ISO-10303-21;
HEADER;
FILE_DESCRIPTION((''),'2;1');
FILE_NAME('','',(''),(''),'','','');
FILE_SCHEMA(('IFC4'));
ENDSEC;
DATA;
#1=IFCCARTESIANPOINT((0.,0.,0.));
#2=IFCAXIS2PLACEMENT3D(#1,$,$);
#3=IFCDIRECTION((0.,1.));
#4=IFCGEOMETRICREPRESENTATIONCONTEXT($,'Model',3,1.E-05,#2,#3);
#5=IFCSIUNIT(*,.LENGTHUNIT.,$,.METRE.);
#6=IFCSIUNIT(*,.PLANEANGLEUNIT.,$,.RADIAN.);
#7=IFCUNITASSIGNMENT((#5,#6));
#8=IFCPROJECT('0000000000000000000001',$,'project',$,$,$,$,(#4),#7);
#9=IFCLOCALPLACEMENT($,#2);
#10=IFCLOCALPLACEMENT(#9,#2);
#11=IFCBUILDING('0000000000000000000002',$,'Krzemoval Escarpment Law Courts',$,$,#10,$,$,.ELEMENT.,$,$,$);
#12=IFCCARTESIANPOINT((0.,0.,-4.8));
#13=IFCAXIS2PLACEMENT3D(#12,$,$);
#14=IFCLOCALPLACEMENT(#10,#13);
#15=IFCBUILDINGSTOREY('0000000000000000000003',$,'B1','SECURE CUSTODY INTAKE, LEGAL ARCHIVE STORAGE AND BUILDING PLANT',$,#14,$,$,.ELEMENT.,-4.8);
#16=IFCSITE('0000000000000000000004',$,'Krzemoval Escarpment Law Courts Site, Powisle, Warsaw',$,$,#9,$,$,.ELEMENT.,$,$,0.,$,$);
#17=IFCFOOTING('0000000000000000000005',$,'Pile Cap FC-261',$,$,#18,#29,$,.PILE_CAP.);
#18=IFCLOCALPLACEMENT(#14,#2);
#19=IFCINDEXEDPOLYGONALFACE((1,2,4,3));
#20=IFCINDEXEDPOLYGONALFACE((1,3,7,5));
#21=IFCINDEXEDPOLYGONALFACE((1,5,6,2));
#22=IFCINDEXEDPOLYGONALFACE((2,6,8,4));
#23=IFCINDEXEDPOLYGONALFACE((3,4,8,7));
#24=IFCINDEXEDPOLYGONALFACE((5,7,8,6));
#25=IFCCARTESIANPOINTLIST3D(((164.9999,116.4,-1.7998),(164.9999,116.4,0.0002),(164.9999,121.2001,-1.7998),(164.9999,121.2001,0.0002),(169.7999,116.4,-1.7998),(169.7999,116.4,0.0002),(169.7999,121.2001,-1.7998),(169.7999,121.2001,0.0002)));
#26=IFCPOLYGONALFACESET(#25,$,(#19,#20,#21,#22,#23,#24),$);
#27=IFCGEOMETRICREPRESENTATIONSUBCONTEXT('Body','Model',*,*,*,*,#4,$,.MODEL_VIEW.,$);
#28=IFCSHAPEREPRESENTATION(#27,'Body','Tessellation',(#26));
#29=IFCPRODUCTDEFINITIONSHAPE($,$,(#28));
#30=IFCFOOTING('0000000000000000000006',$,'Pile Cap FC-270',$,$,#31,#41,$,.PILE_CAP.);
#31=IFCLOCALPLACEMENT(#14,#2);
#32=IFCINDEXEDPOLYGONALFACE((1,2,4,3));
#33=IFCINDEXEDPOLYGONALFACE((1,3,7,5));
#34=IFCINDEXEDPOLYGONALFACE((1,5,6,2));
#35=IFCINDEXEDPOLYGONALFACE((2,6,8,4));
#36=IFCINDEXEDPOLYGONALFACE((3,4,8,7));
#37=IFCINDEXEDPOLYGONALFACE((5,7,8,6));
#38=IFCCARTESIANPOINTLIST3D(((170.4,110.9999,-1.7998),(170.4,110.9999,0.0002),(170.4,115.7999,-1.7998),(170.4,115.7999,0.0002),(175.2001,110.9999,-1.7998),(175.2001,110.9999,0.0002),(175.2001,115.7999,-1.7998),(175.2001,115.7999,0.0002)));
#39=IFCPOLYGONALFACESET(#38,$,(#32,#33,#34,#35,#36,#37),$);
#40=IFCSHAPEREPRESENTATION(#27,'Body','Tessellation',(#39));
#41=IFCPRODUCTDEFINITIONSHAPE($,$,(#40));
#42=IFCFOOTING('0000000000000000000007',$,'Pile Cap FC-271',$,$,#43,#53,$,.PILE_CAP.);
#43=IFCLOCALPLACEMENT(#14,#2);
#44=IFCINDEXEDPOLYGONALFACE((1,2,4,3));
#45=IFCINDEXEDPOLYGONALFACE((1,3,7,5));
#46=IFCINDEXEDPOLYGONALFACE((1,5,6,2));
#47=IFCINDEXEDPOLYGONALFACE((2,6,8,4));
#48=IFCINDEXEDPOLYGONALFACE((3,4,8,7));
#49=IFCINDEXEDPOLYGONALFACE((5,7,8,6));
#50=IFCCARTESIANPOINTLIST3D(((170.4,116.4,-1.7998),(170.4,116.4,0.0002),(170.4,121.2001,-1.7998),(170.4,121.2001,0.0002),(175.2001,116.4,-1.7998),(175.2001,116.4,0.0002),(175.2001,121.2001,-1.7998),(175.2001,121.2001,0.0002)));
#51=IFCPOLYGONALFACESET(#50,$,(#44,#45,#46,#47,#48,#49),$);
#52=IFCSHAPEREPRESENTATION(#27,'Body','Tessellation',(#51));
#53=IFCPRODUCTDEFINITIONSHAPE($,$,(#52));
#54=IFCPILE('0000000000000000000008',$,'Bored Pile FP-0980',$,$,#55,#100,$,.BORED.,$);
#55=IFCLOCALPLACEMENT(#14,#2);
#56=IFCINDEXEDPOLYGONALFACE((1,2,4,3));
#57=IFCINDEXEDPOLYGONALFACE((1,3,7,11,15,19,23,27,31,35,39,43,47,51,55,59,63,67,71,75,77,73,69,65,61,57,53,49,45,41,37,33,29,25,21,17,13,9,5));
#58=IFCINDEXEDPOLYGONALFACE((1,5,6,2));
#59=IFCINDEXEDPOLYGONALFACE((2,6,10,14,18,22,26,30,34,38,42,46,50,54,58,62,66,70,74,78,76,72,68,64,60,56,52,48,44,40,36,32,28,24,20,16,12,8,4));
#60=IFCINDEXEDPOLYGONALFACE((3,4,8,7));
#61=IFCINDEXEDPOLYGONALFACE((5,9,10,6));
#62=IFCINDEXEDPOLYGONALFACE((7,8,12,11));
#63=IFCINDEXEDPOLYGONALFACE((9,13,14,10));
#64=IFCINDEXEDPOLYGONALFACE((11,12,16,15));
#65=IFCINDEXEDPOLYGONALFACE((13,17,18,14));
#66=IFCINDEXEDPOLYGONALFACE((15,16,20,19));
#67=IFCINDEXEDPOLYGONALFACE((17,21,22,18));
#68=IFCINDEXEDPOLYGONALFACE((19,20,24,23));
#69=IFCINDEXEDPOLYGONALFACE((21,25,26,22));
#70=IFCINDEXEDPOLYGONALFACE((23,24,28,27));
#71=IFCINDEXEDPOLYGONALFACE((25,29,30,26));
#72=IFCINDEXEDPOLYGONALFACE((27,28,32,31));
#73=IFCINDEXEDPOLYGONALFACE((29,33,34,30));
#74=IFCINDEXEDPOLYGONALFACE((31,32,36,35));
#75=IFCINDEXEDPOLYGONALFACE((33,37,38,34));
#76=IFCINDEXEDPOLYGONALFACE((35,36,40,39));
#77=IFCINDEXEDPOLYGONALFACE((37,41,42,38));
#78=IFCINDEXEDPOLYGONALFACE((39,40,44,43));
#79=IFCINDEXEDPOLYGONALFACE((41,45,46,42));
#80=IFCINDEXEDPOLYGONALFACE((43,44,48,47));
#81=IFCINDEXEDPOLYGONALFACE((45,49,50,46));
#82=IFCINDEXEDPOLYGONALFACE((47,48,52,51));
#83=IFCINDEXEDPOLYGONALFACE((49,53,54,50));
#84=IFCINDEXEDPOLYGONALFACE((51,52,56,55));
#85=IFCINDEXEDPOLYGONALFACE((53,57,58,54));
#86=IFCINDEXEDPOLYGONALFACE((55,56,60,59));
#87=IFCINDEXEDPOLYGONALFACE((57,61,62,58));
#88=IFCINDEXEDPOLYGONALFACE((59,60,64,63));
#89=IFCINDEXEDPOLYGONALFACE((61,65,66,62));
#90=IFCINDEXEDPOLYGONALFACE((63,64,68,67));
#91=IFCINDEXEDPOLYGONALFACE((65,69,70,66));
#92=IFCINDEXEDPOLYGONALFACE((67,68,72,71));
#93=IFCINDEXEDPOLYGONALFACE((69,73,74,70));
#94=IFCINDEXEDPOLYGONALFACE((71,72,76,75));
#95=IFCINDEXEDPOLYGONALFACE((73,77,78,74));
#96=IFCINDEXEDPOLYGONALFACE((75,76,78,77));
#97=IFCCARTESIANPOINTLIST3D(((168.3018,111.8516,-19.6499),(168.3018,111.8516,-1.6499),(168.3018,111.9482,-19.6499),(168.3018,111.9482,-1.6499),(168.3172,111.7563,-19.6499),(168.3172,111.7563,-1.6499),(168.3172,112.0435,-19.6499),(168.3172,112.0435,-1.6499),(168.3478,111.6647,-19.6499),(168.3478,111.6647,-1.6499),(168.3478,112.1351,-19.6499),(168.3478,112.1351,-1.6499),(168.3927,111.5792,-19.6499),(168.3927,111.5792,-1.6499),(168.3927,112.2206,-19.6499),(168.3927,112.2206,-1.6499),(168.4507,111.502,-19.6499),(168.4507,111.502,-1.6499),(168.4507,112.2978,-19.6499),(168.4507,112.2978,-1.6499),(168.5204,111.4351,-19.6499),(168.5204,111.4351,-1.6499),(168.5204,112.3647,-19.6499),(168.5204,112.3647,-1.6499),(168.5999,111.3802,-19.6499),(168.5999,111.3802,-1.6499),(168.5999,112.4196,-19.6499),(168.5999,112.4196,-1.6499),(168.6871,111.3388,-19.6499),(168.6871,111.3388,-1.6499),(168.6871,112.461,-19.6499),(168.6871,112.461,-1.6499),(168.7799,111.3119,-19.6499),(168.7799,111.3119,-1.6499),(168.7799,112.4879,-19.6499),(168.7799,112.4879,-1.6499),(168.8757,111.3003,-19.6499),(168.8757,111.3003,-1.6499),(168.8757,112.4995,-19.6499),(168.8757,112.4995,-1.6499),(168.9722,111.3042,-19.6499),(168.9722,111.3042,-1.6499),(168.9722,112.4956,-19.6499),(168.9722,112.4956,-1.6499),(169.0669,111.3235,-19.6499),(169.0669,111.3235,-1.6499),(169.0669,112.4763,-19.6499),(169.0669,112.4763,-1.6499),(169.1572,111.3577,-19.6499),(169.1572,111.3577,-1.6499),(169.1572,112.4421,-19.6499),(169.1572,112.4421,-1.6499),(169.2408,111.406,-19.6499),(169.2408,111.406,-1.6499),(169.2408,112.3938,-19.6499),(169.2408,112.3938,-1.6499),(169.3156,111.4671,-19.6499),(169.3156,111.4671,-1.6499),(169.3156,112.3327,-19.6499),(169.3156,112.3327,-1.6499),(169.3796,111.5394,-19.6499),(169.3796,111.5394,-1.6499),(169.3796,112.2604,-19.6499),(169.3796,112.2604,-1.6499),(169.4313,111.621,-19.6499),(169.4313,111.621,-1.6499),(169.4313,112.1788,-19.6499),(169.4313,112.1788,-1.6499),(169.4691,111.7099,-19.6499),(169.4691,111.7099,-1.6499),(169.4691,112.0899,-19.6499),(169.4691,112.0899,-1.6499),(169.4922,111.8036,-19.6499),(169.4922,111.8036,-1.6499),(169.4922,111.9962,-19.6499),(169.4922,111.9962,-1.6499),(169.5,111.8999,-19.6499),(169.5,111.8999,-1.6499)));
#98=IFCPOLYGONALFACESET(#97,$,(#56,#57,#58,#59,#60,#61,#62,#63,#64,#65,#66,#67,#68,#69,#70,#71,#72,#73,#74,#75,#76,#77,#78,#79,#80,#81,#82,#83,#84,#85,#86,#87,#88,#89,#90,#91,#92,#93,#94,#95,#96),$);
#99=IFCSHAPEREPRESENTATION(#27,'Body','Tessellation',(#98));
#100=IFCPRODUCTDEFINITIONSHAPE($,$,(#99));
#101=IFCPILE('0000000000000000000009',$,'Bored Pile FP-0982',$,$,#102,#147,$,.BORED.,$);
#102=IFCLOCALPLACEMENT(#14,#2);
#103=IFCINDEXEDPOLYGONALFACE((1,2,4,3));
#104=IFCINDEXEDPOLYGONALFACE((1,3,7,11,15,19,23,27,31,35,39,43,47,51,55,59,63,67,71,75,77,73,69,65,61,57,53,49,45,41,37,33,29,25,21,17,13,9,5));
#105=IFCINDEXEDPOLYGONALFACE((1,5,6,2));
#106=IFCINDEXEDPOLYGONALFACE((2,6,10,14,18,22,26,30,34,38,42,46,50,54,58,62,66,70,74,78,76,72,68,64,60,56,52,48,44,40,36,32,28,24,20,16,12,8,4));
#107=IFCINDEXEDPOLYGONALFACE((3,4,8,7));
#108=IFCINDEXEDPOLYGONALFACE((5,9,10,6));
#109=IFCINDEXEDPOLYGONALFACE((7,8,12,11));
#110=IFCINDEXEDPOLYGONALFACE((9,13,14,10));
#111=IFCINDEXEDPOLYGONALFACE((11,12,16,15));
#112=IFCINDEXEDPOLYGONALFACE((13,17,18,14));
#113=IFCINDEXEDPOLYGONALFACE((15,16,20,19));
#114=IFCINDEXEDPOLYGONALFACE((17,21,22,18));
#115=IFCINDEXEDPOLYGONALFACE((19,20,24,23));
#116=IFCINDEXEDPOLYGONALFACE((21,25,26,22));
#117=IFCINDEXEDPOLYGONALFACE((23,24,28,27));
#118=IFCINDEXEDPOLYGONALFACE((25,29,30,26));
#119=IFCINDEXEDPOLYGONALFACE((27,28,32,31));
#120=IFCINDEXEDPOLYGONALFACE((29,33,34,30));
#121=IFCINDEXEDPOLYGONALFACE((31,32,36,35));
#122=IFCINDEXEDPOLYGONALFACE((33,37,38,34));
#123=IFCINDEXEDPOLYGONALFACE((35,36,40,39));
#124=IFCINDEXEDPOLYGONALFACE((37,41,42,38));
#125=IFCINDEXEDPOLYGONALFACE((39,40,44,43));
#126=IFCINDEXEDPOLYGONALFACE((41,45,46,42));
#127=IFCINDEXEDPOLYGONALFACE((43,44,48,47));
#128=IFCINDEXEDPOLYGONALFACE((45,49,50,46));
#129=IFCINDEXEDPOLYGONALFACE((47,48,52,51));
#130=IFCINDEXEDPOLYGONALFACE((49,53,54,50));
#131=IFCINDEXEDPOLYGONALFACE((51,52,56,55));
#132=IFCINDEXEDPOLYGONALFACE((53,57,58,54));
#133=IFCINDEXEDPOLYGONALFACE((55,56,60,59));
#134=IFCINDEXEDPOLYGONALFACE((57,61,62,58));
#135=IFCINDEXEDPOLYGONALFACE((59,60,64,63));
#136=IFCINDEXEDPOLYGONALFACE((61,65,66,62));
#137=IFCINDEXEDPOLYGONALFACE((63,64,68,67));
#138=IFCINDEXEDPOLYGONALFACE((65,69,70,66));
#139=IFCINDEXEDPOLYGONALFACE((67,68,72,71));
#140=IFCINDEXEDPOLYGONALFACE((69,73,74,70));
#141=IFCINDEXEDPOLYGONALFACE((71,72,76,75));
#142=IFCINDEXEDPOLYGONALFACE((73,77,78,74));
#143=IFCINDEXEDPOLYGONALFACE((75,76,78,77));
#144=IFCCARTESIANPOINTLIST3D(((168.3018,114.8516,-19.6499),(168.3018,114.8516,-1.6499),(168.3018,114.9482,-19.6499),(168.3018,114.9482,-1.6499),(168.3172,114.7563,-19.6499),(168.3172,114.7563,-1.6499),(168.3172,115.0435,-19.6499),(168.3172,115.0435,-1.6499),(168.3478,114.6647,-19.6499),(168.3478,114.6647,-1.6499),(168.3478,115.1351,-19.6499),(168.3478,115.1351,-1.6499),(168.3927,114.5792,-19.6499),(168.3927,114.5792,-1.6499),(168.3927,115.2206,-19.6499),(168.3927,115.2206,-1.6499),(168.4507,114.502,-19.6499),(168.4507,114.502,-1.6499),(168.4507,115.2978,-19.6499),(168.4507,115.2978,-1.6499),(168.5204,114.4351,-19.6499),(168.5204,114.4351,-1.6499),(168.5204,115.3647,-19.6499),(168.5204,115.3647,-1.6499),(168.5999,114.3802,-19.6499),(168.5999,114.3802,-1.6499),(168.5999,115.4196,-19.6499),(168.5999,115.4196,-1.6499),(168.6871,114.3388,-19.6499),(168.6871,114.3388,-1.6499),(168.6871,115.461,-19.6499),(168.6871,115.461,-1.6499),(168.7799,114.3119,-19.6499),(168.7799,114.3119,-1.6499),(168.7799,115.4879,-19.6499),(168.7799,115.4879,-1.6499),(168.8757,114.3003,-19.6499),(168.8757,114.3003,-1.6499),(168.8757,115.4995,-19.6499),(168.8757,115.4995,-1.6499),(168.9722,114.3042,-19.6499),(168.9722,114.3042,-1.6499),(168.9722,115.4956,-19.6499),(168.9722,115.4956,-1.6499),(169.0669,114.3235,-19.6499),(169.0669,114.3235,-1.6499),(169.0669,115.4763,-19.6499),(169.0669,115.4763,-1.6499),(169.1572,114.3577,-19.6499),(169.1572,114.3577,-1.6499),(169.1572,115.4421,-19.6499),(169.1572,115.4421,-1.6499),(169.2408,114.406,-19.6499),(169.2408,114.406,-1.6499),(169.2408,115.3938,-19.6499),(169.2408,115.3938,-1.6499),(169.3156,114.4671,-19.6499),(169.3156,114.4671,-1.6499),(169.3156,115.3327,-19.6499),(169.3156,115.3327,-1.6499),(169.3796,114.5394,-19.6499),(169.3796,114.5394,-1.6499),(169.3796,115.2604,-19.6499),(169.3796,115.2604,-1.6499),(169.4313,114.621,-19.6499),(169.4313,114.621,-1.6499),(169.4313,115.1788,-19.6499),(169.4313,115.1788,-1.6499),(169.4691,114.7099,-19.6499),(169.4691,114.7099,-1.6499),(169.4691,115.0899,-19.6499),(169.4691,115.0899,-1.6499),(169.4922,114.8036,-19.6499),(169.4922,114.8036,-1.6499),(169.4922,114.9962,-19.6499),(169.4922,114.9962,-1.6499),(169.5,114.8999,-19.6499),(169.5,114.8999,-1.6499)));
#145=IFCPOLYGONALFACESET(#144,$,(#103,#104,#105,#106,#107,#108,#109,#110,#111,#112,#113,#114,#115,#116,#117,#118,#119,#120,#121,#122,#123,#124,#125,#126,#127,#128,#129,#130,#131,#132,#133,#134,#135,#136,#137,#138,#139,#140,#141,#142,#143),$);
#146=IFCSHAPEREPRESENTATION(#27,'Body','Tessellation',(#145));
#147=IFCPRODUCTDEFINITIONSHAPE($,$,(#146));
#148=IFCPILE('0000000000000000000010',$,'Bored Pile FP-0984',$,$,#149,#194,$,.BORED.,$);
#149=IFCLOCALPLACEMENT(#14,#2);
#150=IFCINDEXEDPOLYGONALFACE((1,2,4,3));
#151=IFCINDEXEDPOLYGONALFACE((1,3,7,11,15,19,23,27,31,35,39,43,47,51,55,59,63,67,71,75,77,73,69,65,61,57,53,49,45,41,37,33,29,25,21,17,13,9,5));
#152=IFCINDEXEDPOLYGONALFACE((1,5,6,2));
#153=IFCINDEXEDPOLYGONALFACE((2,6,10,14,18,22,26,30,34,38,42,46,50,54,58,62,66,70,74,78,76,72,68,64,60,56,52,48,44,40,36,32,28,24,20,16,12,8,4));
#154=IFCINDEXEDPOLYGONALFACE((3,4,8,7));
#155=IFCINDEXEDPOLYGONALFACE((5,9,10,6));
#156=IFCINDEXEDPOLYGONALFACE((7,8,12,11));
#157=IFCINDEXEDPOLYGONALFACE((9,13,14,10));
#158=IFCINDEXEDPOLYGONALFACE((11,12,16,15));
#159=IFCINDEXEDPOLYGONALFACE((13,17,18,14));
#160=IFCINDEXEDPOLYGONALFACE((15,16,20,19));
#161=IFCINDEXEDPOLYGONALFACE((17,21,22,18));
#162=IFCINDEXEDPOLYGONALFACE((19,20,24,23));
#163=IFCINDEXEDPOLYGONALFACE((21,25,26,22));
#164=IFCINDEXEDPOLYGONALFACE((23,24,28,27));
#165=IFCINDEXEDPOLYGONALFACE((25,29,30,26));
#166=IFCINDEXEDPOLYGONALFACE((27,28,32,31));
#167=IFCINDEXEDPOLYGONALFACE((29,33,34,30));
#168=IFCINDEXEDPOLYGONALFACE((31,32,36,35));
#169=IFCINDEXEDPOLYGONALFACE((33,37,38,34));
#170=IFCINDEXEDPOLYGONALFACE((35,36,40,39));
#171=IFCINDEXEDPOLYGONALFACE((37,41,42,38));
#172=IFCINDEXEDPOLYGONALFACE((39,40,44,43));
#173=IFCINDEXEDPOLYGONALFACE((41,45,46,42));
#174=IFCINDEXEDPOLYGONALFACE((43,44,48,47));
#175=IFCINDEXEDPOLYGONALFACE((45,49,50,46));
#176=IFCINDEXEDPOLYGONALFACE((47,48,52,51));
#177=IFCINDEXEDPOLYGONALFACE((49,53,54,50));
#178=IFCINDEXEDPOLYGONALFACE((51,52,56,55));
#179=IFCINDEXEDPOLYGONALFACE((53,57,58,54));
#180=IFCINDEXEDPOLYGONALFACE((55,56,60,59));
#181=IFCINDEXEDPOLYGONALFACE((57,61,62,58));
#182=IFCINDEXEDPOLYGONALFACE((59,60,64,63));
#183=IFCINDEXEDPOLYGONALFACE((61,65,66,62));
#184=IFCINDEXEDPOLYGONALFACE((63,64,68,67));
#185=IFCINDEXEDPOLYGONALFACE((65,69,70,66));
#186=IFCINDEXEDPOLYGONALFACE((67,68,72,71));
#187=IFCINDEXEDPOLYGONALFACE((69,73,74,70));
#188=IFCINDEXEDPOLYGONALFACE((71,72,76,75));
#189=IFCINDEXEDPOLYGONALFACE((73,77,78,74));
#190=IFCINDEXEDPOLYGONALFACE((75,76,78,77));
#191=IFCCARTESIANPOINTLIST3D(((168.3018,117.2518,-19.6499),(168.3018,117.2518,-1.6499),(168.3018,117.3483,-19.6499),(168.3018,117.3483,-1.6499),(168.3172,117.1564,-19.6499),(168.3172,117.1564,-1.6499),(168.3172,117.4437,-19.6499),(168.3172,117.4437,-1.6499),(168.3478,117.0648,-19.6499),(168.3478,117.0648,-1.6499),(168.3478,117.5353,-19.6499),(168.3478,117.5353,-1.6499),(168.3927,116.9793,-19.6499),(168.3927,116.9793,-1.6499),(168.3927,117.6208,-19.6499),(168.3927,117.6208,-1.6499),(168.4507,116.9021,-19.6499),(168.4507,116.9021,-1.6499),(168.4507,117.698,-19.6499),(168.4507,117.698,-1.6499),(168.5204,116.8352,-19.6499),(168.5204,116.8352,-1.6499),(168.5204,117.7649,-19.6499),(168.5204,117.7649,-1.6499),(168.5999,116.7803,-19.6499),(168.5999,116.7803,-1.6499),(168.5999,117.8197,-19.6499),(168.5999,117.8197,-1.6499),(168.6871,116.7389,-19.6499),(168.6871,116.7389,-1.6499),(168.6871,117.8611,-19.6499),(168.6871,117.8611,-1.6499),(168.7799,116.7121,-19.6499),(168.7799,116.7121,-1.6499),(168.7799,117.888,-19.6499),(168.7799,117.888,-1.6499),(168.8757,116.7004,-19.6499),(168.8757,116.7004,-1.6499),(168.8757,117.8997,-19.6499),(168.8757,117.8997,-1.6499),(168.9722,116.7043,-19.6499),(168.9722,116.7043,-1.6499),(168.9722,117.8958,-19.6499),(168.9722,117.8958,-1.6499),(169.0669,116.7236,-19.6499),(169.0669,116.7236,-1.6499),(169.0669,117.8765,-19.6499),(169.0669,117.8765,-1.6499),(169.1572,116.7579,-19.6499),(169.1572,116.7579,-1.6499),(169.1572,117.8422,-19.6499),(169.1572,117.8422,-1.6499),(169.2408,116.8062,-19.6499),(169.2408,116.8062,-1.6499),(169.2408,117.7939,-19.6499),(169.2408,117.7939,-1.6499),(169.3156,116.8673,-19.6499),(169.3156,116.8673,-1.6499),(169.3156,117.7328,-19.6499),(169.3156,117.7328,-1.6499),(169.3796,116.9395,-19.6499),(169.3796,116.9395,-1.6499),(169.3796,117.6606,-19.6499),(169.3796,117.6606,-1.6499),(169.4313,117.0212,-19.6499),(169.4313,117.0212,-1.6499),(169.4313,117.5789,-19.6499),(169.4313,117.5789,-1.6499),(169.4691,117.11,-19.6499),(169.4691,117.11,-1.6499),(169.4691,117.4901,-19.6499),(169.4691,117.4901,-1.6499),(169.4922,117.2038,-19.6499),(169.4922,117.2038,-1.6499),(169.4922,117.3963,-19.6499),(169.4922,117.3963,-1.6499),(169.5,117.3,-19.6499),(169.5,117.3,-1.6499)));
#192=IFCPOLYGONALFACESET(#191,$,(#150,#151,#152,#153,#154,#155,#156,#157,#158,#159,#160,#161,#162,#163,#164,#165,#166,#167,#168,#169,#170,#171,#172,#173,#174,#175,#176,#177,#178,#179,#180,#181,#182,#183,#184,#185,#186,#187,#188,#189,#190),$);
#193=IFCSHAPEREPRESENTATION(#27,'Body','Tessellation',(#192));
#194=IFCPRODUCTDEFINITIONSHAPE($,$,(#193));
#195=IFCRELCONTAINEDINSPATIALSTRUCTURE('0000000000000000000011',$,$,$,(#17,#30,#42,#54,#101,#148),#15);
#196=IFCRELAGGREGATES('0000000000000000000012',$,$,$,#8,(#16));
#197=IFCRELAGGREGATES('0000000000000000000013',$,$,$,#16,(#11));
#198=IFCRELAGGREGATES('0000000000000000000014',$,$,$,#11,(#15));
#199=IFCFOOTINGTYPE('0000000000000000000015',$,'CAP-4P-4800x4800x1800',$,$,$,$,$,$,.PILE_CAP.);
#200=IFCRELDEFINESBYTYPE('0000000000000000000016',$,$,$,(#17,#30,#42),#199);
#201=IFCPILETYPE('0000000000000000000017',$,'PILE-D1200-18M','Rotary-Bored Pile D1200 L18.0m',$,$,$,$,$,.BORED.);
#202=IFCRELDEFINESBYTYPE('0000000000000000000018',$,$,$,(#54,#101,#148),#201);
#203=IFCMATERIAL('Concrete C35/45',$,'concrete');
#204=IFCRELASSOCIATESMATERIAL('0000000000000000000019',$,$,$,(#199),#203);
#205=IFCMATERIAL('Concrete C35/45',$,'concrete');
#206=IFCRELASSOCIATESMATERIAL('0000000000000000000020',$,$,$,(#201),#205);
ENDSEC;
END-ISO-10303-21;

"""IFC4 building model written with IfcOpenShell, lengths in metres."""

from ifc_helpers import new_model, si_unit, direction, frame, origin, origin_2d, place, context, subcontext, project, spatial, rectangle, circle, extrude, material, material_profile, profile_set, type_object, element, save


model = new_model("IFC4")

# Units and contexts
model_context = context("Model", 3, precision=1e-05, world=origin(), true_north=direction((0.0, 1.0)))
body_context = subcontext(model_context, "Body", "Model", "MODEL_VIEW")
ifc_project = project(units=[si_unit("LENGTHUNIT", "METRE"), si_unit("PLANEANGLEUNIT", "RADIAN")], contexts=[model_context])

# Site, building, storey
site_placement = place(None, origin())
site = spatial("IfcSite", under=ifc_project, at=site_placement, Name="Krzemoval Escarpment Law Courts Site, Powisle, Warsaw", CompositionType="ELEMENT", RefElevation=0.0)
building_placement = place(site_placement, origin())
building = spatial("IfcBuilding", under=site, at=building_placement, Name="Krzemoval Escarpment Law Courts", CompositionType="ELEMENT")
storey_placement = place(building_placement, frame((0.0, 0.0, -4.8)))
storey = spatial("IfcBuildingStorey", under=building, at=storey_placement, Name="B1", Description="SECURE CUSTODY INTAKE, LEGAL ARCHIVE STORAGE AND BUILDING PLANT", CompositionType="ELEMENT", Elevation=-4.8)

# Footings
ifc_material_1 = material(Name="Concrete C35/45", Category="concrete")
footing_type = type_object("IfcFootingType", Name="CAP-4P-4800x4800x1800", PredefinedType="PILE_CAP", material=ifc_material_1)
for number, where, z_axis, x_axis, name in (
    (1, (167.3999, 118.8, -1.7998), (0.0, 0.0, 1.0), (1.0, 0.0, 0.0), "Pile Cap FC-261"),
    (2, (172.8, 113.3999, -1.7998), (0.0, 0.0, 1.0), (1.0, 0.0, 0.0), "Pile Cap FC-270"),
    (3, (172.8, 118.8, -1.7998), (0.0, 0.0, 1.0), (1.0, 0.0, 0.0), "Pile Cap FC-271"),
):
    element("IfcFooting", number, at=place(storey_placement, frame(where, z_axis=z_axis, x_axis=x_axis)), inside=storey, type_object=footing_type, Name=name, PredefinedType="PILE_CAP", context=body_context, shape_type="SweptSolid", body=[
        extrude(rectangle(XDim=4.8, YDim=4.8, at=origin_2d()), origin(), (0.0, 0.0, 1.0), 1.8),
    ])

# Piles
ifc_material_2 = material(Name="Concrete C35/45", Category="concrete")
ifc_material_profile_1 = material_profile(ifc_material_2, circle(Radius=0.6001, at=origin_2d()), Name="PILE D1200")
ifc_profile_set_1 = profile_set([ifc_material_profile_1], Name="Concrete C35/45")
pile_type = type_object("IfcPileType", Name="PILE-D1200-18M", Description="Rotary-Bored Pile D1200 L18.0m", PredefinedType="BORED", material=ifc_profile_set_1)
for number, where, z_axis, x_axis, name in (
    (4, (168.8999, 111.8999, -1.6499), (0.0, 0.0, -1.0), (1.0, 0.0, 0.0), "Bored Pile FP-0980"),
    (5, (168.8999, 114.8999, -1.6499), (0.0, 0.0, -1.0), (1.0, 0.0, 0.0), "Bored Pile FP-0982"),
    (6, (168.8999, 117.3, -1.6499), (0.0, 0.0, -1.0), (1.0, 0.0, 0.0), "Bored Pile FP-0984"),
):
    element("IfcPile", number, at=place(storey_placement, frame(where, z_axis=z_axis, x_axis=x_axis)), inside=storey, type_object=pile_type, Name=name, PredefinedType="BORED", context=body_context, shape_type="SweptSolid", body=[
        extrude(circle(Radius=0.6001, at=origin_2d()), origin(), (0.0, 0.0, 1.0), 18.0),
    ])

save(model, "model.ifc")
